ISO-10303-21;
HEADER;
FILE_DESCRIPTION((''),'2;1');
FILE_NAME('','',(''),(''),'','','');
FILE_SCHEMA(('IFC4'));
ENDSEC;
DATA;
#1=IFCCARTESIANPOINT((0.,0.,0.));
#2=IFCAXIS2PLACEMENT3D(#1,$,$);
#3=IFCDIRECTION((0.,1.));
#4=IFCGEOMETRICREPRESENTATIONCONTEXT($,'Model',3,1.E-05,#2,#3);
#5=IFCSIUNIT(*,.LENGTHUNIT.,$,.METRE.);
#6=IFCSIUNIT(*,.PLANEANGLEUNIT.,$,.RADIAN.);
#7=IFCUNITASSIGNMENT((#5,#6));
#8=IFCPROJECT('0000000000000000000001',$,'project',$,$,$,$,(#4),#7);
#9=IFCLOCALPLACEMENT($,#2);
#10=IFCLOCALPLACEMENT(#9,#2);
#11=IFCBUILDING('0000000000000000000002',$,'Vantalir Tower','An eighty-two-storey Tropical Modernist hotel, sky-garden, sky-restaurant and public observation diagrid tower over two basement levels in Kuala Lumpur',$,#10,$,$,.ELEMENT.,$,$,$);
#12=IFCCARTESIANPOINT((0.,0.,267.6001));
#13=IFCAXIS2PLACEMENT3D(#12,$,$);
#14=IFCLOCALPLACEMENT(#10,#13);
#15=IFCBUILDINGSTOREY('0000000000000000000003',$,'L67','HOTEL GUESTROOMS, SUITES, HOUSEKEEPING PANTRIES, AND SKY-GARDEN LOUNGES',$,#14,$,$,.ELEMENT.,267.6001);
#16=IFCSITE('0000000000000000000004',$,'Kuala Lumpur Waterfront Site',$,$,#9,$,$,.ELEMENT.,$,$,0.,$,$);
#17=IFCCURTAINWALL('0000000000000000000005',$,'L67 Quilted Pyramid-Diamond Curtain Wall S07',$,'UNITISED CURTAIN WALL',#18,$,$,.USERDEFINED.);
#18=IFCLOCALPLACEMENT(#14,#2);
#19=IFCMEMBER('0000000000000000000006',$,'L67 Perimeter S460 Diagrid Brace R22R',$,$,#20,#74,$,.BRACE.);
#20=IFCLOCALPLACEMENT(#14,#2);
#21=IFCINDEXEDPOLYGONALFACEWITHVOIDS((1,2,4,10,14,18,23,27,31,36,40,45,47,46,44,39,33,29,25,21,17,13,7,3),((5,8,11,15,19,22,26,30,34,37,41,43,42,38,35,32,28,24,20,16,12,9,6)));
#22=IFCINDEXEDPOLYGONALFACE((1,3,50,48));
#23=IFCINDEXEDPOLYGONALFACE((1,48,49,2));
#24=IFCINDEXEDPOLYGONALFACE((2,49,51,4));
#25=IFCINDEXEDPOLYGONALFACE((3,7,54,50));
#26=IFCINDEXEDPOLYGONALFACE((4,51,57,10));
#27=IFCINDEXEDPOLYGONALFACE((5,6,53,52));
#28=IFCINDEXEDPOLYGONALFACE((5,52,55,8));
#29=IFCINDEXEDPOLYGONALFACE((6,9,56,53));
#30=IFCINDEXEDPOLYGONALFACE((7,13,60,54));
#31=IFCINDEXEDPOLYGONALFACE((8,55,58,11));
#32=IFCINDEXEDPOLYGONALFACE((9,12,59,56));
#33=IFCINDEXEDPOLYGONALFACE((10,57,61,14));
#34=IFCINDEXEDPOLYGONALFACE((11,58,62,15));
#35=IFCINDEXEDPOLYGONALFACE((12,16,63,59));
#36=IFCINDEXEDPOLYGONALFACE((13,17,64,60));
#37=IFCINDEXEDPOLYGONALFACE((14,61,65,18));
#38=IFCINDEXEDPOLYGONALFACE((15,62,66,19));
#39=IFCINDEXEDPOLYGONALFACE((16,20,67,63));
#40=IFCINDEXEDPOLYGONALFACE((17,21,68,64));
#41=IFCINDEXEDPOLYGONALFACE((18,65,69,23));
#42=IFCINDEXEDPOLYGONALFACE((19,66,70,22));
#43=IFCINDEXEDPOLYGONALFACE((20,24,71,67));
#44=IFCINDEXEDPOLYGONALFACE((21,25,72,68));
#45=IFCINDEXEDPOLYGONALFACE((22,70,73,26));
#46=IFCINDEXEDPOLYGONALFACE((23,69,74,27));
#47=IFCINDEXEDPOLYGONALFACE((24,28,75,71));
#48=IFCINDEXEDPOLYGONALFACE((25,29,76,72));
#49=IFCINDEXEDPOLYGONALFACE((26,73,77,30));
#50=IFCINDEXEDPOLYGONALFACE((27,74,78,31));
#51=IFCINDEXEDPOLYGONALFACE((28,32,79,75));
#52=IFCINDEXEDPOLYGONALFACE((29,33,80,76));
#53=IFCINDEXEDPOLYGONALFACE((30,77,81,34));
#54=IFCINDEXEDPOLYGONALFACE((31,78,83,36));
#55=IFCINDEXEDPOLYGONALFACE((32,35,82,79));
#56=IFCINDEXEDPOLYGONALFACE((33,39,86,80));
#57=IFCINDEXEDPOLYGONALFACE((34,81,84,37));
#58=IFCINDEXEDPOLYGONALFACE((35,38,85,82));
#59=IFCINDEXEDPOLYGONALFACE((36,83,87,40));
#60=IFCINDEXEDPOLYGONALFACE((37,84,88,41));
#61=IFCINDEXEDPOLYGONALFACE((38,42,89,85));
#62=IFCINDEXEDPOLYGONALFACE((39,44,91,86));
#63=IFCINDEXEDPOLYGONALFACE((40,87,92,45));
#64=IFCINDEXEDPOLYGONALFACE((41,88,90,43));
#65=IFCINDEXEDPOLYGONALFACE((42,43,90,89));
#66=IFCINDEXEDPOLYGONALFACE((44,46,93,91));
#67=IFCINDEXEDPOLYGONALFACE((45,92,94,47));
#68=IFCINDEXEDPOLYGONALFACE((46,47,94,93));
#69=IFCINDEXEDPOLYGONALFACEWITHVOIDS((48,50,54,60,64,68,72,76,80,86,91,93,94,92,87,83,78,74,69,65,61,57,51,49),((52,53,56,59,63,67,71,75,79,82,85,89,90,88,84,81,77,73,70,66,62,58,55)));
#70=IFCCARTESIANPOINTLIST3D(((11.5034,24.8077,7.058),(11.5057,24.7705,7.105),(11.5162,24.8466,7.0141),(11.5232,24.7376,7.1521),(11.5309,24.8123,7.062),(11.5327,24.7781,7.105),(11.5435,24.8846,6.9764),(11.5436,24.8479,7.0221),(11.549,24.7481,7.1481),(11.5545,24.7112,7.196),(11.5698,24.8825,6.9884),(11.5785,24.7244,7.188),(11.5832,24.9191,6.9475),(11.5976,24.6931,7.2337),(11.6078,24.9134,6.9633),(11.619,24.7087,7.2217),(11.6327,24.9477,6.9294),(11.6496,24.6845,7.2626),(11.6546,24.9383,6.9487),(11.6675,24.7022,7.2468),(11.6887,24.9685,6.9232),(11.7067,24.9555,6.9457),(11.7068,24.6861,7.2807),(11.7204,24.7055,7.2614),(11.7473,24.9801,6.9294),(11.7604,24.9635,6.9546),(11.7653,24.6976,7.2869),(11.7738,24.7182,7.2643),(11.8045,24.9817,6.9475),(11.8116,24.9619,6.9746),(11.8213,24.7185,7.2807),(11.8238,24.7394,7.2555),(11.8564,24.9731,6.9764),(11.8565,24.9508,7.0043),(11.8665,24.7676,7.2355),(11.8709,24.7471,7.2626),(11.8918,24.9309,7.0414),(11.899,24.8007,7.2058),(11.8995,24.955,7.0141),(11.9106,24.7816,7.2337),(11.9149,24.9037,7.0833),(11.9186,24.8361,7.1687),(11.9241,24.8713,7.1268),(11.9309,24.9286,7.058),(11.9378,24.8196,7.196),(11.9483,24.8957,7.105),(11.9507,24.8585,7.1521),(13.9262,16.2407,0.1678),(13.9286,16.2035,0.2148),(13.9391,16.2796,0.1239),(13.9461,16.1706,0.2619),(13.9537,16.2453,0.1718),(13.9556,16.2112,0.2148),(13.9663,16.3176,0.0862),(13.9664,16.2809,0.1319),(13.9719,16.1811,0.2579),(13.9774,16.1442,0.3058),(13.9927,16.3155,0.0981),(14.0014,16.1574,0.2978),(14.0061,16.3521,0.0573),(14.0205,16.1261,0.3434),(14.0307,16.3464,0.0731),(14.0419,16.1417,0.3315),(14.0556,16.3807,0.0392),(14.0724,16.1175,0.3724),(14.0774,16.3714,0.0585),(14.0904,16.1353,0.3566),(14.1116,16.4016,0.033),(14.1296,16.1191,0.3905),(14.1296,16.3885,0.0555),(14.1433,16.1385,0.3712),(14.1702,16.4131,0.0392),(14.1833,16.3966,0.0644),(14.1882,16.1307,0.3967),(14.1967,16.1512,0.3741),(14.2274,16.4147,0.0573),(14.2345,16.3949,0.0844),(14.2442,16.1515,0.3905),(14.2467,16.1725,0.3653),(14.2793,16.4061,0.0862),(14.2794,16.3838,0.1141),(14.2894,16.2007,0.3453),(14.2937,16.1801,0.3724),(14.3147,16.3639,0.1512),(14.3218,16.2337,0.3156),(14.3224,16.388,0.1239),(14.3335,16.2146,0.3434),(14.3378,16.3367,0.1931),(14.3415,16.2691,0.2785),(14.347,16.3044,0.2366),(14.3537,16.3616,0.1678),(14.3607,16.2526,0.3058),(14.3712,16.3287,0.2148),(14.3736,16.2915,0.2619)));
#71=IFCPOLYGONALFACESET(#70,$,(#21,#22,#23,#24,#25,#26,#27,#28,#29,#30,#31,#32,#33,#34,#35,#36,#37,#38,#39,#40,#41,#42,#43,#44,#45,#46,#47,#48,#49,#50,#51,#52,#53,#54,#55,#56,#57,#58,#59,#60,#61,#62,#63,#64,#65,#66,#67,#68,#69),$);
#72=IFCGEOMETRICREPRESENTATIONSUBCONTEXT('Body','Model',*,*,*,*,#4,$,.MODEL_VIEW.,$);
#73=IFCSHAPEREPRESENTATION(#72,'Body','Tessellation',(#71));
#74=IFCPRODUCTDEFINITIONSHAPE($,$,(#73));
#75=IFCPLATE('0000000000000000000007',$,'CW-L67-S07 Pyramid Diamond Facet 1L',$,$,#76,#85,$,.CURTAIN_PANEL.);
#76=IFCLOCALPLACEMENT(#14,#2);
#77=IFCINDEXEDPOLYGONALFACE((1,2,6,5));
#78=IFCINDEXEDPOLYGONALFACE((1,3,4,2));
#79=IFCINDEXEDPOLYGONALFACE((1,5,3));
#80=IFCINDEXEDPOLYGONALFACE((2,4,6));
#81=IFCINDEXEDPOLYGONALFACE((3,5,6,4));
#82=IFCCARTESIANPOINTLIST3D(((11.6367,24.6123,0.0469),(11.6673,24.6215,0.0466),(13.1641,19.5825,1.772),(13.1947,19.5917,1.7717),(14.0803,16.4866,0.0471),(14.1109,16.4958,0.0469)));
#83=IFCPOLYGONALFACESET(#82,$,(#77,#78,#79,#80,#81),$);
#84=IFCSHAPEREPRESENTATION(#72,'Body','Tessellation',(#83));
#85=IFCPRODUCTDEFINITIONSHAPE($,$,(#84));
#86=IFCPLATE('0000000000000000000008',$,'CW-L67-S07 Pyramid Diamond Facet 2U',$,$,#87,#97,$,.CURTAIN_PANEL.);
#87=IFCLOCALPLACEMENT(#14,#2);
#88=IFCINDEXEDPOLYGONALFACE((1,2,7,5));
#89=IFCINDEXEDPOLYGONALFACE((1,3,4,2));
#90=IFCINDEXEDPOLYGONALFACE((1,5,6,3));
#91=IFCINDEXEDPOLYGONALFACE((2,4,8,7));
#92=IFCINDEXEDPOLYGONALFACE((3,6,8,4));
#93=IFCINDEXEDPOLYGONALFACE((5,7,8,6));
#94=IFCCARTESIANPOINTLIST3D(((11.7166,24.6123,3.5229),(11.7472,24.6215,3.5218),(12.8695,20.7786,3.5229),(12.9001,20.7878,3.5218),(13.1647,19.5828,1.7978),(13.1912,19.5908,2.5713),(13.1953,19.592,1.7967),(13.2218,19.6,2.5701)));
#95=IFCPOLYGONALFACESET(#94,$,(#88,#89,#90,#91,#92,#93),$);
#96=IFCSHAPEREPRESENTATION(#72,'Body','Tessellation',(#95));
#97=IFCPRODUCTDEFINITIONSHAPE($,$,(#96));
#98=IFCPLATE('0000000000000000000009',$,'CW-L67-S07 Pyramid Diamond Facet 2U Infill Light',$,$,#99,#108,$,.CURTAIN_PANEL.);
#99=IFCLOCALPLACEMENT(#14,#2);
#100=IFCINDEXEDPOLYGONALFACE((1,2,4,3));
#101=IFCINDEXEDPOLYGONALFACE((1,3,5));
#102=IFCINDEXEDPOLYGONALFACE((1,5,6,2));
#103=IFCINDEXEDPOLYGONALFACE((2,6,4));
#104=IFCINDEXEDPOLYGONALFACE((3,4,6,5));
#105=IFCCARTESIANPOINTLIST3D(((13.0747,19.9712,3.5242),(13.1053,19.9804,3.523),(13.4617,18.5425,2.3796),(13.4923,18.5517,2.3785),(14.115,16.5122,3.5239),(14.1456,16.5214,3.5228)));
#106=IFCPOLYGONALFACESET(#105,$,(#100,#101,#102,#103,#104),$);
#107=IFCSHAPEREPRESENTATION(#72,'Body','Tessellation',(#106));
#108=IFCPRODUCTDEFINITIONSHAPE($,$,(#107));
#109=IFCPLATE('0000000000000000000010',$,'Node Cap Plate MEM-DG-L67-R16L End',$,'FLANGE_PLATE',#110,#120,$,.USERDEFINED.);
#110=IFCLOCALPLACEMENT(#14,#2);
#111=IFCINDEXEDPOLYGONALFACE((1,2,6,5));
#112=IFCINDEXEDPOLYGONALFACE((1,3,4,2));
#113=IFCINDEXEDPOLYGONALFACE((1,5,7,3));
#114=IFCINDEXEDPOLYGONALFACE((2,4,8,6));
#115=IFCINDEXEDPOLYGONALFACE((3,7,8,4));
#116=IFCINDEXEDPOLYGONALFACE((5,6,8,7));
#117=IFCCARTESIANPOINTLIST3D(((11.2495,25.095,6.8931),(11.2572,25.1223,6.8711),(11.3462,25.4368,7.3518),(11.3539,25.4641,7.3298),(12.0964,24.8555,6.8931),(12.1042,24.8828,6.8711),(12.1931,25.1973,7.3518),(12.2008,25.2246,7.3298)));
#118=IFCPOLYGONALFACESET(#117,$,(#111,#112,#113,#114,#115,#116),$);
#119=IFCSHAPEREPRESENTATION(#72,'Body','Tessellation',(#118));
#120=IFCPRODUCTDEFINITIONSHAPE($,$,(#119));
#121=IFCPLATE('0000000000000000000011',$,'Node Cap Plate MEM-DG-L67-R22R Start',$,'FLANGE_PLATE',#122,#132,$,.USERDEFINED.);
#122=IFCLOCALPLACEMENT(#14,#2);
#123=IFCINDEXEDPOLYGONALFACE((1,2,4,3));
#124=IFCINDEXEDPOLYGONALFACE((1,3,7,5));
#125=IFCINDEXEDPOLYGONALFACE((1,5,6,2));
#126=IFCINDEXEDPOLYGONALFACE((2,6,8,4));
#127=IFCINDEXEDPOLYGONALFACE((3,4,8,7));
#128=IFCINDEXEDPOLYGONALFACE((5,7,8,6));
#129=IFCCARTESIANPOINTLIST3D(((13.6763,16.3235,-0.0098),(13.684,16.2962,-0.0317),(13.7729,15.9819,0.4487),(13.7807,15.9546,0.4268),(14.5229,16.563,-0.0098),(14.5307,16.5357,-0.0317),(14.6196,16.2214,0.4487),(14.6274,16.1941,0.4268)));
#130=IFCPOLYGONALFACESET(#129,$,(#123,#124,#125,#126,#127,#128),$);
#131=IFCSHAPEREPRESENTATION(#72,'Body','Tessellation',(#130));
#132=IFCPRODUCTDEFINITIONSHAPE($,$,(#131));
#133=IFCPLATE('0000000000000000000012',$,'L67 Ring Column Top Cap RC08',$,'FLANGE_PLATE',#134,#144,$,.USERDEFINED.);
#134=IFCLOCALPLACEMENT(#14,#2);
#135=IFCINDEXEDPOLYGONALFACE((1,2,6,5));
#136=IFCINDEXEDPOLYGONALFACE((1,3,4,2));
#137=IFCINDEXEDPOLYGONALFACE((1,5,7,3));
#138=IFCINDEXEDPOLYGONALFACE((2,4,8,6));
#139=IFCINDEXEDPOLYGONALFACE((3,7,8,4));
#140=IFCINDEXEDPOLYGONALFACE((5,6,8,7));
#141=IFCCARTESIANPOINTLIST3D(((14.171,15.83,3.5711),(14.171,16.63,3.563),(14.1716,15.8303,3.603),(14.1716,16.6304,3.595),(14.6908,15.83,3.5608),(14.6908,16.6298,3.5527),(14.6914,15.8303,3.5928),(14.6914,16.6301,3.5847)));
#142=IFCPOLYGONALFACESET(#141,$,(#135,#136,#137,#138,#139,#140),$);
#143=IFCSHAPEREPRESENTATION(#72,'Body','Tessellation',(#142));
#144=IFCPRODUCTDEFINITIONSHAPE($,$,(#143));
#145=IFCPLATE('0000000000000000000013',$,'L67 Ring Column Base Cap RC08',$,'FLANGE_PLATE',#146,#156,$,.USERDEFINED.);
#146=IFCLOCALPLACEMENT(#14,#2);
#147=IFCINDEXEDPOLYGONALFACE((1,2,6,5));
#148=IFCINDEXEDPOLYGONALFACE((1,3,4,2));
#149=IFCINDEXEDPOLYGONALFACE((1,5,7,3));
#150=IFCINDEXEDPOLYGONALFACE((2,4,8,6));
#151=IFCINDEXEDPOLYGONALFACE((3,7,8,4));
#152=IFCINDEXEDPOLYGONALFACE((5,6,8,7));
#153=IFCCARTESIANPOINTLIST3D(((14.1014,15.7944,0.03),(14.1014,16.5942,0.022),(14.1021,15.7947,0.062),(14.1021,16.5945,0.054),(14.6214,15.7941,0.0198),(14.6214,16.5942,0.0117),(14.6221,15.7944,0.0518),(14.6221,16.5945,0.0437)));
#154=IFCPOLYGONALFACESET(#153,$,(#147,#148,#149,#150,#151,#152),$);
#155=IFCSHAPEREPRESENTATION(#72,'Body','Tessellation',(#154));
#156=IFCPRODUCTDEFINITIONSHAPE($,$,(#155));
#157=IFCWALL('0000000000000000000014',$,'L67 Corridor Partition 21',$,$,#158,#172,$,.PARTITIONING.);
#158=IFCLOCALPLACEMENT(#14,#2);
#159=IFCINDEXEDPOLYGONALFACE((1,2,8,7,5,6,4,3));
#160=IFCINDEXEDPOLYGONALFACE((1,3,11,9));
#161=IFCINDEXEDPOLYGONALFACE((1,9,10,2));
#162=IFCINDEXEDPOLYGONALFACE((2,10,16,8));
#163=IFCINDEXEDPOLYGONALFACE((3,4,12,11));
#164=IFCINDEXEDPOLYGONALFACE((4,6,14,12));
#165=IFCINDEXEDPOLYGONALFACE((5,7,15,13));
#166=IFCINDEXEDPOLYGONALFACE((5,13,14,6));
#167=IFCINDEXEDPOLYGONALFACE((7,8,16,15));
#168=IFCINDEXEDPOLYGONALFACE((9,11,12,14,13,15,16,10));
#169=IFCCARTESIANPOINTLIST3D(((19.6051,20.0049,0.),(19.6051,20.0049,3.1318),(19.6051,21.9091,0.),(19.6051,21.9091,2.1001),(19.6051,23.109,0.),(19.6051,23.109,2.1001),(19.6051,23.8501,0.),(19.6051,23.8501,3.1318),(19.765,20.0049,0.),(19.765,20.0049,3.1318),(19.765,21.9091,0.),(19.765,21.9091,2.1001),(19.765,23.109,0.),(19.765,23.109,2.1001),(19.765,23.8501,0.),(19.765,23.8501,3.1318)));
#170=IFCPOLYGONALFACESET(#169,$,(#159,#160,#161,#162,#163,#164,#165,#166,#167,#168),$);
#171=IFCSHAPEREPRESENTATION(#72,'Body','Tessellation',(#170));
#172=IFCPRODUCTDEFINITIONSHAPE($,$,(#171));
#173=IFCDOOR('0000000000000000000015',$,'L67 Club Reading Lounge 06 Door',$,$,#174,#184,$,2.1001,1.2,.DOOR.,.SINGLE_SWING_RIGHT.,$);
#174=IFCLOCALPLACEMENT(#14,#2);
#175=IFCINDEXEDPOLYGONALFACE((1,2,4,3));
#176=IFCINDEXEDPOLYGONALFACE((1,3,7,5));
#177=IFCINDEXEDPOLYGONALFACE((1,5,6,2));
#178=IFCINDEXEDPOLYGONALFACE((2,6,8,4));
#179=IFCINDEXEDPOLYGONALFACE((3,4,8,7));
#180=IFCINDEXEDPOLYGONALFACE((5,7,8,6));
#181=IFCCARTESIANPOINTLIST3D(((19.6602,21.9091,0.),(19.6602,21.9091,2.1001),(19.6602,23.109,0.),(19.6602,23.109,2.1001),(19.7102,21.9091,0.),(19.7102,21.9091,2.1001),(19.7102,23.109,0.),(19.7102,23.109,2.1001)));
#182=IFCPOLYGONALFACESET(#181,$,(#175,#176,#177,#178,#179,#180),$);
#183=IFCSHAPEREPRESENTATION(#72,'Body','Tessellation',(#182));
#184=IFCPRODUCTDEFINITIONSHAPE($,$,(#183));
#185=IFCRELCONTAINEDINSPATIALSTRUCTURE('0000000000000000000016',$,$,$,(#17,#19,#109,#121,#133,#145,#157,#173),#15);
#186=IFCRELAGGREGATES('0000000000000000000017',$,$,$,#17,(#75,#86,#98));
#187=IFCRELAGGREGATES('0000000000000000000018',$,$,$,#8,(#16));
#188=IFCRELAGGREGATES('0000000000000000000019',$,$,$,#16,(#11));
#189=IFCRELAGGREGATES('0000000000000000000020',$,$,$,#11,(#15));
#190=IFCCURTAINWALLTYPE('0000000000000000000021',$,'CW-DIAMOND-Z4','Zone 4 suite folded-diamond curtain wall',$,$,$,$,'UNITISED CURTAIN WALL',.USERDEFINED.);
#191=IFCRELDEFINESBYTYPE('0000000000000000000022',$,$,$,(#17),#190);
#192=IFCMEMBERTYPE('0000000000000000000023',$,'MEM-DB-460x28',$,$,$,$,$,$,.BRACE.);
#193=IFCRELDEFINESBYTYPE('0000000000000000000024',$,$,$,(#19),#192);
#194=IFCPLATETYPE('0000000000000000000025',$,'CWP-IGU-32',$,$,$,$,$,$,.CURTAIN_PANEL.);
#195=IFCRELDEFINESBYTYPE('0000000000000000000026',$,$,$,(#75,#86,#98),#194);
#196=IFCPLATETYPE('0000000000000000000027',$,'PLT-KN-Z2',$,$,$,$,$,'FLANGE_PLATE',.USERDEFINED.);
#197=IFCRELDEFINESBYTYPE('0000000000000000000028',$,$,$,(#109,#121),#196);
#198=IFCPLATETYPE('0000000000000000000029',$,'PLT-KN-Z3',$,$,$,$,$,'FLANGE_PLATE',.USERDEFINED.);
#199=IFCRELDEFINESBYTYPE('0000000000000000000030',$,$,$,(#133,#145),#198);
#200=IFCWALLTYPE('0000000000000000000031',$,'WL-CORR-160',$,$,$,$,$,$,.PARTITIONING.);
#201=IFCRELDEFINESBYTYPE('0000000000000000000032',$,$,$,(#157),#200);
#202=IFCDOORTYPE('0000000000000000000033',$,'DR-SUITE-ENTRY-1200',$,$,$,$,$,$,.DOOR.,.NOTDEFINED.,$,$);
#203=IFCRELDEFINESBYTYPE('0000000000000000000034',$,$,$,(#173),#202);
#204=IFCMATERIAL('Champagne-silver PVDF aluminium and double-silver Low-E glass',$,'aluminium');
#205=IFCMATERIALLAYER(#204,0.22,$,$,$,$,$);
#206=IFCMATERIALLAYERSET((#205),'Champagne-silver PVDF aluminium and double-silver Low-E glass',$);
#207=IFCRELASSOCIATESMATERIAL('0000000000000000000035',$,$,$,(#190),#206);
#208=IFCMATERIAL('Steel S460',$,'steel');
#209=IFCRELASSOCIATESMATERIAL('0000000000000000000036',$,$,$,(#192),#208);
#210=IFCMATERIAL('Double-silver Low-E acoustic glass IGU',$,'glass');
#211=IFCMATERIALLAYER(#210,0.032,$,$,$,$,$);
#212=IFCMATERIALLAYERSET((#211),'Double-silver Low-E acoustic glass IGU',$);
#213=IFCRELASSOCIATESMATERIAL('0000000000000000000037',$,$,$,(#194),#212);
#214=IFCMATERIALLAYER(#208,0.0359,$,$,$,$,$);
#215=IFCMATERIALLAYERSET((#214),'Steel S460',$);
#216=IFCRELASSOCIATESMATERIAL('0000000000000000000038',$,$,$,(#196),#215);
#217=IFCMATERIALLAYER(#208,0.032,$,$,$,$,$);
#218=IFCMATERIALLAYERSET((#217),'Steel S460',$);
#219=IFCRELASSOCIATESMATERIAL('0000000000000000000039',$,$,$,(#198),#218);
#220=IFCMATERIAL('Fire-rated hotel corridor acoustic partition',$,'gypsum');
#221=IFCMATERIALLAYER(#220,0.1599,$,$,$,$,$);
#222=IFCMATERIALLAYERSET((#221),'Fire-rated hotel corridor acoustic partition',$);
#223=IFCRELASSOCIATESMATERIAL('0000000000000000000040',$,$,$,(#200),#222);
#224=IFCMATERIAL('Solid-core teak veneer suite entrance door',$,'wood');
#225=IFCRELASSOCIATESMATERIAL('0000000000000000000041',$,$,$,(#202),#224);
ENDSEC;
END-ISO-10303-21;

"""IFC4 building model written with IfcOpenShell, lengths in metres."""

from ifc_helpers import new_model, si_unit, direction, frame, frame_2d, origin, origin_2d, place, context, subcontext, project, spatial, polyline, rectangle, hollow_circle, outline, extrude, material, layer, layer_set, material_profile, profile_set, type_object, element, fill, aggregate, save


model = new_model("IFC4")

# Units and contexts
model_context = context("Model", 3, precision=1e-05, world=origin(), true_north=direction((0.0, 1.0)))
body_context = subcontext(model_context, "Body", "Model", "MODEL_VIEW")
ifc_project = project(units=[si_unit("LENGTHUNIT", "METRE"), si_unit("PLANEANGLEUNIT", "RADIAN")], contexts=[model_context])

# Site, building, storey
site_placement = place(None, origin())
site = spatial("IfcSite", under=ifc_project, at=site_placement, Name="Kuala Lumpur Waterfront Site", CompositionType="ELEMENT", RefElevation=0.0)
building_placement = place(site_placement, origin())
building = spatial("IfcBuilding", under=site, at=building_placement, Name="Vantalir Tower", Description="An eighty-two-storey Tropical Modernist hotel, sky-garden, sky-restaurant and public observation diagrid tower over two basement levels in Kuala Lumpur", CompositionType="ELEMENT")
storey_placement = place(building_placement, frame((0.0, 0.0, 267.6001)))
storey = spatial("IfcBuildingStorey", under=building, at=storey_placement, Name="L67", Description="HOTEL GUESTROOMS, SUITES, HOUSEKEEPING PANTRIES, AND SKY-GARDEN LOUNGES", CompositionType="ELEMENT", Elevation=267.6001)

# Shared definitions
ifc_material_1 = material(Name="Steel S460", Category="steel")

# Curtain wall
ifc_material_2 = material(Name="Champagne-silver PVDF aluminium and double-silver Low-E glass", Category="aluminium")
ifc_layer_1 = layer(ifc_material_2, 0.22)
ifc_layer_set_1 = layer_set([ifc_layer_1], Name="Champagne-silver PVDF aluminium and double-silver Low-E glass")
curtain_wall_type = type_object("IfcCurtainWallType", Name="CW-DIAMOND-Z4", Description="Zone 4 suite folded-diamond curtain wall", ElementType="UNITISED CURTAIN WALL", PredefinedType="USERDEFINED", material=ifc_layer_set_1)
curtain_wall_1_placement = place(storey_placement, origin())
curtain_wall_1 = element("IfcCurtainWall", 1, at=curtain_wall_1_placement, inside=storey, type_object=curtain_wall_type, Name="L67 Quilted Pyramid-Diamond Curtain Wall S07", ObjectType="UNITISED CURTAIN WALL", PredefinedType="USERDEFINED")

# Member
ifc_material_profile_1 = material_profile(ifc_material_1, hollow_circle(Radius=0.23, WallThickness=0.0281, at=origin_2d()), Name="Steel S460")
ifc_profile_set_1 = profile_set([ifc_material_profile_1], Name="Steel S460")
member_type_1 = type_object("IfcMemberType", Name="MEM-DB-460x28", PredefinedType="BRACE", material=ifc_profile_set_1)
member_1_placement = place(storey_placement, frame((14.1499, 16.2661, 0.2148), z_axis=(-0.215217, 0.760981, 0.612038), x_axis=(-0.962257, -0.272141, 0.0)))
element("IfcMember", 2, at=member_1_placement, inside=storey, type_object=member_type_1, Name="L67 Perimeter S460 Diagrid Brace R22R", PredefinedType="BRACE", context=body_context, shape_type="SweptSolid", body=[
    extrude(hollow_circle(Radius=0.23, WallThickness=0.0281, at=origin_2d()), origin(), (0.0, 0.0, 1.0), 11.2578),
])

# Plates
ifc_material_3 = material(Name="Double-silver Low-E acoustic glass IGU", Category="glass")
ifc_layer_2 = layer(ifc_material_3, 0.032)
ifc_layer_set_2 = layer_set([ifc_layer_2], Name="Double-silver Low-E acoustic glass IGU")
plate_type_1 = type_object("IfcPlateType", Name="CWP-IGU-32", PredefinedType="CURTAIN_PANEL", material=ifc_layer_set_2)
plate_1_placement = place(storey_placement, frame((11.6367, 24.6123, 0.0469), z_axis=(-0.957603, -0.287974, 0.008197), x_axis=(0.287984, -0.957635, 0.000029)))
plate_1 = element("IfcPlate", 3, at=plate_1_placement, type_object=plate_type_1, Name="CW-L67-S07 Pyramid Diamond Facet 1L", PredefinedType="CURTAIN_PANEL", context=body_context, shape_type="SweptSolid", body=[
    extrude(outline(polyline([(0.0, 0.0), (8.4852, 0.0), (5.2566, 1.725), (0.0, 0.0)])), origin(), (0.0, 0.0, -1.0), 0.032),
])
plate_2_placement = place(storey_placement, frame((11.7166, 24.6123, 3.5229), z_axis=(-0.957018, -0.287815, 0.035761), x_axis=(0.287999, -0.957631, -0.000001)))
plate_2 = element("IfcPlate", 4, at=plate_2_placement, type_object=plate_type_1, Name="CW-L67-S07 Pyramid Diamond Facet 2U", PredefinedType="CURTAIN_PANEL", context=body_context, shape_type="SweptSolid", body=[
    extrude(outline(polyline([(0.0, 0.0), (4.0033, 0.0), (5.2334, -0.9523), (5.2335, -1.7262), (0.0, 0.0)])), origin(), (0.0, 0.0, -1.0), 0.032),
])
plate_3_placement = place(storey_placement, frame((13.0747, 19.9712, 3.5242), z_axis=(-0.957017, -0.287824, 0.035724), x_axis=(0.288005, -0.957629, -0.000068)))
plate_3 = element("IfcPlate", 5, at=plate_3_placement, type_object=plate_type_1, Name="CW-L67-S07 Pyramid Diamond Facet 2U Infill Light", PredefinedType="CURTAIN_PANEL", context=body_context, shape_type="SweptSolid", body=[
    extrude(outline(polyline([(0.0, 0.0), (3.612, 0.0), (1.4797, -1.1452), (0.0, 0.0)])), origin(), (0.0, 0.0, -1.0), 0.032),
])
aggregate(curtain_wall_1, [plate_1, plate_2, plate_3])

# Plates
ifc_layer_3 = layer(ifc_material_1, 0.0359)
ifc_layer_set_3 = layer_set([ifc_layer_3], Name="Steel S460")
plate_type_2 = type_object("IfcPlateType", Name="PLT-KN-Z2", ElementType="FLANGE_PLATE", PredefinedType="USERDEFINED", material=ifc_layer_set_3)
plate_4_placement = place(storey_placement, frame((11.2495, 25.095, 6.8931), z_axis=(-0.215159, -0.760842, 0.612231), x_axis=(0.962264, -0.272119, 0.0)))
element("IfcPlate", 6, at=plate_4_placement, inside=storey, type_object=plate_type_2, Name="Node Cap Plate MEM-DG-L67-R16L End", ObjectType="FLANGE_PLATE", PredefinedType="USERDEFINED", context=body_context, shape_type="SweptSolid", body=[
    extrude(outline(polyline([(0.0, 0.0), (0.8801, 0.0), (0.8802, 0.5802), (0.0, 0.5802), (0.0, 0.0)])), origin(), (0.0, 0.0, -1.0), 0.0359),
])
plate_5_placement = place(storey_placement, frame((14.5229, 16.563, -0.0098), z_axis=(-0.215227, 0.760862, 0.612181), x_axis=(-0.962243, -0.272192, 0.0)))
element("IfcPlate", 7, at=plate_5_placement, inside=storey, type_object=plate_type_2, Name="Node Cap Plate MEM-DG-L67-R22R Start", ObjectType="FLANGE_PLATE", PredefinedType="USERDEFINED", context=body_context, shape_type="SweptSolid", body=[
    extrude(outline(polyline([(0.0, 0.0), (0.8799, 0.0), (0.8798, 0.5798), (-0.0001, 0.5798), (0.0, 0.0)])), origin(), (0.0, 0.0, -1.0), 0.0359),
])
ifc_layer_4 = layer(ifc_material_1, 0.032)
ifc_layer_set_4 = layer_set([ifc_layer_4], Name="Steel S460")
plate_type_3 = type_object("IfcPlateType", Name="PLT-KN-Z3", ElementType="FLANGE_PLATE", PredefinedType="USERDEFINED", material=ifc_layer_set_4)
plate_6_placement = place(storey_placement, frame((14.1716, 16.6304, 3.595), z_axis=(0.019725, 0.010069, 0.999755), x_axis=(0.0, -0.999949, 0.010071)))
element("IfcPlate", 8, at=plate_6_placement, inside=storey, type_object=plate_type_3, Name="L67 Ring Column Top Cap RC08", ObjectType="FLANGE_PLATE", PredefinedType="USERDEFINED", context=body_context, shape_type="SweptSolid", body=[
    extrude(outline(polyline([(0.0, 0.0), (0.8001, 0.0), (0.8, 0.5199), (0.0001, 0.5199), (0.0, 0.0)])), origin(), (0.0, 0.0, -1.0), 0.032),
])
plate_7_placement = place(storey_placement, frame((14.1021, 16.5945, 0.054), z_axis=(0.019716, 0.010069, 0.999755), x_axis=(0.0, -0.999949, 0.010071)))
element("IfcPlate", 9, at=plate_7_placement, inside=storey, type_object=plate_type_3, Name="L67 Ring Column Base Cap RC08", ObjectType="FLANGE_PLATE", PredefinedType="USERDEFINED", context=body_context, shape_type="SweptSolid", body=[
    extrude(outline(polyline([(0.0, 0.0), (0.7998, 0.0), (0.8, 0.5201), (-0.0001, 0.5201), (0.0, 0.0)])), origin(), (0.0, 0.0, -1.0), 0.032),
])

# Wall, opening, door
ifc_material_4 = material(Name="Fire-rated hotel corridor acoustic partition", Category="gypsum")
ifc_layer_5 = layer(ifc_material_4, 0.1599)
ifc_layer_set_5 = layer_set([ifc_layer_5], Name="Fire-rated hotel corridor acoustic partition")
wall_type_1 = type_object("IfcWallType", Name="WL-CORR-160", PredefinedType="PARTITIONING", material=ifc_layer_set_5)
wall_1_placement = place(storey_placement, frame((19.6851, 20.0049, 0.0), z_axis=(0.0, 0.0, 1.0), x_axis=(0.0, 1.0, 0.0)))
wall_1 = element("IfcWall", 10, at=wall_1_placement, inside=storey, type_object=wall_type_1, Name="L67 Corridor Partition 21", PredefinedType="PARTITIONING", context=body_context, shape_type="SweptSolid", body=[
    extrude(rectangle(XDim=3.8452, YDim=0.1599, at=frame_2d((1.9226, 0.0))), origin(), (0.0, 0.0, 1.0), 3.1318),
])
opening_placement = place(wall_1_placement, frame((1.9041, 0.0, 0.0)))
opening = element("IfcOpeningElement", 11, at=opening_placement, cuts=wall_1, PredefinedType="OPENING", context=body_context, shape_type="SweptSolid", body=[
    extrude(rectangle(XDim=1.2, YDim=2.1001, at=frame_2d((0.6001, 1.05))), frame((0.0, 0.0898, 0.0), z_axis=(0.0, -1.0, 0.0), x_axis=(1.0, 0.0, 0.0)), (0.0, 0.0, 1.0), 0.1799),
])
ifc_material_5 = material(Name="Solid-core teak veneer suite entrance door", Category="wood")
door_type = type_object("IfcDoorType", Name="DR-SUITE-ENTRY-1200", OperationType="NOTDEFINED", PredefinedType="DOOR", material=ifc_material_5)
door_placement = place(opening_placement, origin())
door = element("IfcDoor", 12, at=door_placement, inside=storey, type_object=door_type, Name="L67 Club Reading Lounge 06 Door", OperationType="SINGLE_SWING_RIGHT", OverallHeight=2.1001, OverallWidth=1.2, PredefinedType="DOOR", context=body_context, shape_type="SweptSolid", body=[
    extrude(rectangle(XDim=1.2, YDim=2.1001, at=frame_2d((0.6001, 1.05))), frame((0.0, 0.0249, 0.0), z_axis=(0.0, -1.0, 0.0), x_axis=(1.0, 0.0, 0.0)), (0.0, 0.0, 1.0), 0.05),
])
fill(opening, door)

save(model, "model.ifc")
